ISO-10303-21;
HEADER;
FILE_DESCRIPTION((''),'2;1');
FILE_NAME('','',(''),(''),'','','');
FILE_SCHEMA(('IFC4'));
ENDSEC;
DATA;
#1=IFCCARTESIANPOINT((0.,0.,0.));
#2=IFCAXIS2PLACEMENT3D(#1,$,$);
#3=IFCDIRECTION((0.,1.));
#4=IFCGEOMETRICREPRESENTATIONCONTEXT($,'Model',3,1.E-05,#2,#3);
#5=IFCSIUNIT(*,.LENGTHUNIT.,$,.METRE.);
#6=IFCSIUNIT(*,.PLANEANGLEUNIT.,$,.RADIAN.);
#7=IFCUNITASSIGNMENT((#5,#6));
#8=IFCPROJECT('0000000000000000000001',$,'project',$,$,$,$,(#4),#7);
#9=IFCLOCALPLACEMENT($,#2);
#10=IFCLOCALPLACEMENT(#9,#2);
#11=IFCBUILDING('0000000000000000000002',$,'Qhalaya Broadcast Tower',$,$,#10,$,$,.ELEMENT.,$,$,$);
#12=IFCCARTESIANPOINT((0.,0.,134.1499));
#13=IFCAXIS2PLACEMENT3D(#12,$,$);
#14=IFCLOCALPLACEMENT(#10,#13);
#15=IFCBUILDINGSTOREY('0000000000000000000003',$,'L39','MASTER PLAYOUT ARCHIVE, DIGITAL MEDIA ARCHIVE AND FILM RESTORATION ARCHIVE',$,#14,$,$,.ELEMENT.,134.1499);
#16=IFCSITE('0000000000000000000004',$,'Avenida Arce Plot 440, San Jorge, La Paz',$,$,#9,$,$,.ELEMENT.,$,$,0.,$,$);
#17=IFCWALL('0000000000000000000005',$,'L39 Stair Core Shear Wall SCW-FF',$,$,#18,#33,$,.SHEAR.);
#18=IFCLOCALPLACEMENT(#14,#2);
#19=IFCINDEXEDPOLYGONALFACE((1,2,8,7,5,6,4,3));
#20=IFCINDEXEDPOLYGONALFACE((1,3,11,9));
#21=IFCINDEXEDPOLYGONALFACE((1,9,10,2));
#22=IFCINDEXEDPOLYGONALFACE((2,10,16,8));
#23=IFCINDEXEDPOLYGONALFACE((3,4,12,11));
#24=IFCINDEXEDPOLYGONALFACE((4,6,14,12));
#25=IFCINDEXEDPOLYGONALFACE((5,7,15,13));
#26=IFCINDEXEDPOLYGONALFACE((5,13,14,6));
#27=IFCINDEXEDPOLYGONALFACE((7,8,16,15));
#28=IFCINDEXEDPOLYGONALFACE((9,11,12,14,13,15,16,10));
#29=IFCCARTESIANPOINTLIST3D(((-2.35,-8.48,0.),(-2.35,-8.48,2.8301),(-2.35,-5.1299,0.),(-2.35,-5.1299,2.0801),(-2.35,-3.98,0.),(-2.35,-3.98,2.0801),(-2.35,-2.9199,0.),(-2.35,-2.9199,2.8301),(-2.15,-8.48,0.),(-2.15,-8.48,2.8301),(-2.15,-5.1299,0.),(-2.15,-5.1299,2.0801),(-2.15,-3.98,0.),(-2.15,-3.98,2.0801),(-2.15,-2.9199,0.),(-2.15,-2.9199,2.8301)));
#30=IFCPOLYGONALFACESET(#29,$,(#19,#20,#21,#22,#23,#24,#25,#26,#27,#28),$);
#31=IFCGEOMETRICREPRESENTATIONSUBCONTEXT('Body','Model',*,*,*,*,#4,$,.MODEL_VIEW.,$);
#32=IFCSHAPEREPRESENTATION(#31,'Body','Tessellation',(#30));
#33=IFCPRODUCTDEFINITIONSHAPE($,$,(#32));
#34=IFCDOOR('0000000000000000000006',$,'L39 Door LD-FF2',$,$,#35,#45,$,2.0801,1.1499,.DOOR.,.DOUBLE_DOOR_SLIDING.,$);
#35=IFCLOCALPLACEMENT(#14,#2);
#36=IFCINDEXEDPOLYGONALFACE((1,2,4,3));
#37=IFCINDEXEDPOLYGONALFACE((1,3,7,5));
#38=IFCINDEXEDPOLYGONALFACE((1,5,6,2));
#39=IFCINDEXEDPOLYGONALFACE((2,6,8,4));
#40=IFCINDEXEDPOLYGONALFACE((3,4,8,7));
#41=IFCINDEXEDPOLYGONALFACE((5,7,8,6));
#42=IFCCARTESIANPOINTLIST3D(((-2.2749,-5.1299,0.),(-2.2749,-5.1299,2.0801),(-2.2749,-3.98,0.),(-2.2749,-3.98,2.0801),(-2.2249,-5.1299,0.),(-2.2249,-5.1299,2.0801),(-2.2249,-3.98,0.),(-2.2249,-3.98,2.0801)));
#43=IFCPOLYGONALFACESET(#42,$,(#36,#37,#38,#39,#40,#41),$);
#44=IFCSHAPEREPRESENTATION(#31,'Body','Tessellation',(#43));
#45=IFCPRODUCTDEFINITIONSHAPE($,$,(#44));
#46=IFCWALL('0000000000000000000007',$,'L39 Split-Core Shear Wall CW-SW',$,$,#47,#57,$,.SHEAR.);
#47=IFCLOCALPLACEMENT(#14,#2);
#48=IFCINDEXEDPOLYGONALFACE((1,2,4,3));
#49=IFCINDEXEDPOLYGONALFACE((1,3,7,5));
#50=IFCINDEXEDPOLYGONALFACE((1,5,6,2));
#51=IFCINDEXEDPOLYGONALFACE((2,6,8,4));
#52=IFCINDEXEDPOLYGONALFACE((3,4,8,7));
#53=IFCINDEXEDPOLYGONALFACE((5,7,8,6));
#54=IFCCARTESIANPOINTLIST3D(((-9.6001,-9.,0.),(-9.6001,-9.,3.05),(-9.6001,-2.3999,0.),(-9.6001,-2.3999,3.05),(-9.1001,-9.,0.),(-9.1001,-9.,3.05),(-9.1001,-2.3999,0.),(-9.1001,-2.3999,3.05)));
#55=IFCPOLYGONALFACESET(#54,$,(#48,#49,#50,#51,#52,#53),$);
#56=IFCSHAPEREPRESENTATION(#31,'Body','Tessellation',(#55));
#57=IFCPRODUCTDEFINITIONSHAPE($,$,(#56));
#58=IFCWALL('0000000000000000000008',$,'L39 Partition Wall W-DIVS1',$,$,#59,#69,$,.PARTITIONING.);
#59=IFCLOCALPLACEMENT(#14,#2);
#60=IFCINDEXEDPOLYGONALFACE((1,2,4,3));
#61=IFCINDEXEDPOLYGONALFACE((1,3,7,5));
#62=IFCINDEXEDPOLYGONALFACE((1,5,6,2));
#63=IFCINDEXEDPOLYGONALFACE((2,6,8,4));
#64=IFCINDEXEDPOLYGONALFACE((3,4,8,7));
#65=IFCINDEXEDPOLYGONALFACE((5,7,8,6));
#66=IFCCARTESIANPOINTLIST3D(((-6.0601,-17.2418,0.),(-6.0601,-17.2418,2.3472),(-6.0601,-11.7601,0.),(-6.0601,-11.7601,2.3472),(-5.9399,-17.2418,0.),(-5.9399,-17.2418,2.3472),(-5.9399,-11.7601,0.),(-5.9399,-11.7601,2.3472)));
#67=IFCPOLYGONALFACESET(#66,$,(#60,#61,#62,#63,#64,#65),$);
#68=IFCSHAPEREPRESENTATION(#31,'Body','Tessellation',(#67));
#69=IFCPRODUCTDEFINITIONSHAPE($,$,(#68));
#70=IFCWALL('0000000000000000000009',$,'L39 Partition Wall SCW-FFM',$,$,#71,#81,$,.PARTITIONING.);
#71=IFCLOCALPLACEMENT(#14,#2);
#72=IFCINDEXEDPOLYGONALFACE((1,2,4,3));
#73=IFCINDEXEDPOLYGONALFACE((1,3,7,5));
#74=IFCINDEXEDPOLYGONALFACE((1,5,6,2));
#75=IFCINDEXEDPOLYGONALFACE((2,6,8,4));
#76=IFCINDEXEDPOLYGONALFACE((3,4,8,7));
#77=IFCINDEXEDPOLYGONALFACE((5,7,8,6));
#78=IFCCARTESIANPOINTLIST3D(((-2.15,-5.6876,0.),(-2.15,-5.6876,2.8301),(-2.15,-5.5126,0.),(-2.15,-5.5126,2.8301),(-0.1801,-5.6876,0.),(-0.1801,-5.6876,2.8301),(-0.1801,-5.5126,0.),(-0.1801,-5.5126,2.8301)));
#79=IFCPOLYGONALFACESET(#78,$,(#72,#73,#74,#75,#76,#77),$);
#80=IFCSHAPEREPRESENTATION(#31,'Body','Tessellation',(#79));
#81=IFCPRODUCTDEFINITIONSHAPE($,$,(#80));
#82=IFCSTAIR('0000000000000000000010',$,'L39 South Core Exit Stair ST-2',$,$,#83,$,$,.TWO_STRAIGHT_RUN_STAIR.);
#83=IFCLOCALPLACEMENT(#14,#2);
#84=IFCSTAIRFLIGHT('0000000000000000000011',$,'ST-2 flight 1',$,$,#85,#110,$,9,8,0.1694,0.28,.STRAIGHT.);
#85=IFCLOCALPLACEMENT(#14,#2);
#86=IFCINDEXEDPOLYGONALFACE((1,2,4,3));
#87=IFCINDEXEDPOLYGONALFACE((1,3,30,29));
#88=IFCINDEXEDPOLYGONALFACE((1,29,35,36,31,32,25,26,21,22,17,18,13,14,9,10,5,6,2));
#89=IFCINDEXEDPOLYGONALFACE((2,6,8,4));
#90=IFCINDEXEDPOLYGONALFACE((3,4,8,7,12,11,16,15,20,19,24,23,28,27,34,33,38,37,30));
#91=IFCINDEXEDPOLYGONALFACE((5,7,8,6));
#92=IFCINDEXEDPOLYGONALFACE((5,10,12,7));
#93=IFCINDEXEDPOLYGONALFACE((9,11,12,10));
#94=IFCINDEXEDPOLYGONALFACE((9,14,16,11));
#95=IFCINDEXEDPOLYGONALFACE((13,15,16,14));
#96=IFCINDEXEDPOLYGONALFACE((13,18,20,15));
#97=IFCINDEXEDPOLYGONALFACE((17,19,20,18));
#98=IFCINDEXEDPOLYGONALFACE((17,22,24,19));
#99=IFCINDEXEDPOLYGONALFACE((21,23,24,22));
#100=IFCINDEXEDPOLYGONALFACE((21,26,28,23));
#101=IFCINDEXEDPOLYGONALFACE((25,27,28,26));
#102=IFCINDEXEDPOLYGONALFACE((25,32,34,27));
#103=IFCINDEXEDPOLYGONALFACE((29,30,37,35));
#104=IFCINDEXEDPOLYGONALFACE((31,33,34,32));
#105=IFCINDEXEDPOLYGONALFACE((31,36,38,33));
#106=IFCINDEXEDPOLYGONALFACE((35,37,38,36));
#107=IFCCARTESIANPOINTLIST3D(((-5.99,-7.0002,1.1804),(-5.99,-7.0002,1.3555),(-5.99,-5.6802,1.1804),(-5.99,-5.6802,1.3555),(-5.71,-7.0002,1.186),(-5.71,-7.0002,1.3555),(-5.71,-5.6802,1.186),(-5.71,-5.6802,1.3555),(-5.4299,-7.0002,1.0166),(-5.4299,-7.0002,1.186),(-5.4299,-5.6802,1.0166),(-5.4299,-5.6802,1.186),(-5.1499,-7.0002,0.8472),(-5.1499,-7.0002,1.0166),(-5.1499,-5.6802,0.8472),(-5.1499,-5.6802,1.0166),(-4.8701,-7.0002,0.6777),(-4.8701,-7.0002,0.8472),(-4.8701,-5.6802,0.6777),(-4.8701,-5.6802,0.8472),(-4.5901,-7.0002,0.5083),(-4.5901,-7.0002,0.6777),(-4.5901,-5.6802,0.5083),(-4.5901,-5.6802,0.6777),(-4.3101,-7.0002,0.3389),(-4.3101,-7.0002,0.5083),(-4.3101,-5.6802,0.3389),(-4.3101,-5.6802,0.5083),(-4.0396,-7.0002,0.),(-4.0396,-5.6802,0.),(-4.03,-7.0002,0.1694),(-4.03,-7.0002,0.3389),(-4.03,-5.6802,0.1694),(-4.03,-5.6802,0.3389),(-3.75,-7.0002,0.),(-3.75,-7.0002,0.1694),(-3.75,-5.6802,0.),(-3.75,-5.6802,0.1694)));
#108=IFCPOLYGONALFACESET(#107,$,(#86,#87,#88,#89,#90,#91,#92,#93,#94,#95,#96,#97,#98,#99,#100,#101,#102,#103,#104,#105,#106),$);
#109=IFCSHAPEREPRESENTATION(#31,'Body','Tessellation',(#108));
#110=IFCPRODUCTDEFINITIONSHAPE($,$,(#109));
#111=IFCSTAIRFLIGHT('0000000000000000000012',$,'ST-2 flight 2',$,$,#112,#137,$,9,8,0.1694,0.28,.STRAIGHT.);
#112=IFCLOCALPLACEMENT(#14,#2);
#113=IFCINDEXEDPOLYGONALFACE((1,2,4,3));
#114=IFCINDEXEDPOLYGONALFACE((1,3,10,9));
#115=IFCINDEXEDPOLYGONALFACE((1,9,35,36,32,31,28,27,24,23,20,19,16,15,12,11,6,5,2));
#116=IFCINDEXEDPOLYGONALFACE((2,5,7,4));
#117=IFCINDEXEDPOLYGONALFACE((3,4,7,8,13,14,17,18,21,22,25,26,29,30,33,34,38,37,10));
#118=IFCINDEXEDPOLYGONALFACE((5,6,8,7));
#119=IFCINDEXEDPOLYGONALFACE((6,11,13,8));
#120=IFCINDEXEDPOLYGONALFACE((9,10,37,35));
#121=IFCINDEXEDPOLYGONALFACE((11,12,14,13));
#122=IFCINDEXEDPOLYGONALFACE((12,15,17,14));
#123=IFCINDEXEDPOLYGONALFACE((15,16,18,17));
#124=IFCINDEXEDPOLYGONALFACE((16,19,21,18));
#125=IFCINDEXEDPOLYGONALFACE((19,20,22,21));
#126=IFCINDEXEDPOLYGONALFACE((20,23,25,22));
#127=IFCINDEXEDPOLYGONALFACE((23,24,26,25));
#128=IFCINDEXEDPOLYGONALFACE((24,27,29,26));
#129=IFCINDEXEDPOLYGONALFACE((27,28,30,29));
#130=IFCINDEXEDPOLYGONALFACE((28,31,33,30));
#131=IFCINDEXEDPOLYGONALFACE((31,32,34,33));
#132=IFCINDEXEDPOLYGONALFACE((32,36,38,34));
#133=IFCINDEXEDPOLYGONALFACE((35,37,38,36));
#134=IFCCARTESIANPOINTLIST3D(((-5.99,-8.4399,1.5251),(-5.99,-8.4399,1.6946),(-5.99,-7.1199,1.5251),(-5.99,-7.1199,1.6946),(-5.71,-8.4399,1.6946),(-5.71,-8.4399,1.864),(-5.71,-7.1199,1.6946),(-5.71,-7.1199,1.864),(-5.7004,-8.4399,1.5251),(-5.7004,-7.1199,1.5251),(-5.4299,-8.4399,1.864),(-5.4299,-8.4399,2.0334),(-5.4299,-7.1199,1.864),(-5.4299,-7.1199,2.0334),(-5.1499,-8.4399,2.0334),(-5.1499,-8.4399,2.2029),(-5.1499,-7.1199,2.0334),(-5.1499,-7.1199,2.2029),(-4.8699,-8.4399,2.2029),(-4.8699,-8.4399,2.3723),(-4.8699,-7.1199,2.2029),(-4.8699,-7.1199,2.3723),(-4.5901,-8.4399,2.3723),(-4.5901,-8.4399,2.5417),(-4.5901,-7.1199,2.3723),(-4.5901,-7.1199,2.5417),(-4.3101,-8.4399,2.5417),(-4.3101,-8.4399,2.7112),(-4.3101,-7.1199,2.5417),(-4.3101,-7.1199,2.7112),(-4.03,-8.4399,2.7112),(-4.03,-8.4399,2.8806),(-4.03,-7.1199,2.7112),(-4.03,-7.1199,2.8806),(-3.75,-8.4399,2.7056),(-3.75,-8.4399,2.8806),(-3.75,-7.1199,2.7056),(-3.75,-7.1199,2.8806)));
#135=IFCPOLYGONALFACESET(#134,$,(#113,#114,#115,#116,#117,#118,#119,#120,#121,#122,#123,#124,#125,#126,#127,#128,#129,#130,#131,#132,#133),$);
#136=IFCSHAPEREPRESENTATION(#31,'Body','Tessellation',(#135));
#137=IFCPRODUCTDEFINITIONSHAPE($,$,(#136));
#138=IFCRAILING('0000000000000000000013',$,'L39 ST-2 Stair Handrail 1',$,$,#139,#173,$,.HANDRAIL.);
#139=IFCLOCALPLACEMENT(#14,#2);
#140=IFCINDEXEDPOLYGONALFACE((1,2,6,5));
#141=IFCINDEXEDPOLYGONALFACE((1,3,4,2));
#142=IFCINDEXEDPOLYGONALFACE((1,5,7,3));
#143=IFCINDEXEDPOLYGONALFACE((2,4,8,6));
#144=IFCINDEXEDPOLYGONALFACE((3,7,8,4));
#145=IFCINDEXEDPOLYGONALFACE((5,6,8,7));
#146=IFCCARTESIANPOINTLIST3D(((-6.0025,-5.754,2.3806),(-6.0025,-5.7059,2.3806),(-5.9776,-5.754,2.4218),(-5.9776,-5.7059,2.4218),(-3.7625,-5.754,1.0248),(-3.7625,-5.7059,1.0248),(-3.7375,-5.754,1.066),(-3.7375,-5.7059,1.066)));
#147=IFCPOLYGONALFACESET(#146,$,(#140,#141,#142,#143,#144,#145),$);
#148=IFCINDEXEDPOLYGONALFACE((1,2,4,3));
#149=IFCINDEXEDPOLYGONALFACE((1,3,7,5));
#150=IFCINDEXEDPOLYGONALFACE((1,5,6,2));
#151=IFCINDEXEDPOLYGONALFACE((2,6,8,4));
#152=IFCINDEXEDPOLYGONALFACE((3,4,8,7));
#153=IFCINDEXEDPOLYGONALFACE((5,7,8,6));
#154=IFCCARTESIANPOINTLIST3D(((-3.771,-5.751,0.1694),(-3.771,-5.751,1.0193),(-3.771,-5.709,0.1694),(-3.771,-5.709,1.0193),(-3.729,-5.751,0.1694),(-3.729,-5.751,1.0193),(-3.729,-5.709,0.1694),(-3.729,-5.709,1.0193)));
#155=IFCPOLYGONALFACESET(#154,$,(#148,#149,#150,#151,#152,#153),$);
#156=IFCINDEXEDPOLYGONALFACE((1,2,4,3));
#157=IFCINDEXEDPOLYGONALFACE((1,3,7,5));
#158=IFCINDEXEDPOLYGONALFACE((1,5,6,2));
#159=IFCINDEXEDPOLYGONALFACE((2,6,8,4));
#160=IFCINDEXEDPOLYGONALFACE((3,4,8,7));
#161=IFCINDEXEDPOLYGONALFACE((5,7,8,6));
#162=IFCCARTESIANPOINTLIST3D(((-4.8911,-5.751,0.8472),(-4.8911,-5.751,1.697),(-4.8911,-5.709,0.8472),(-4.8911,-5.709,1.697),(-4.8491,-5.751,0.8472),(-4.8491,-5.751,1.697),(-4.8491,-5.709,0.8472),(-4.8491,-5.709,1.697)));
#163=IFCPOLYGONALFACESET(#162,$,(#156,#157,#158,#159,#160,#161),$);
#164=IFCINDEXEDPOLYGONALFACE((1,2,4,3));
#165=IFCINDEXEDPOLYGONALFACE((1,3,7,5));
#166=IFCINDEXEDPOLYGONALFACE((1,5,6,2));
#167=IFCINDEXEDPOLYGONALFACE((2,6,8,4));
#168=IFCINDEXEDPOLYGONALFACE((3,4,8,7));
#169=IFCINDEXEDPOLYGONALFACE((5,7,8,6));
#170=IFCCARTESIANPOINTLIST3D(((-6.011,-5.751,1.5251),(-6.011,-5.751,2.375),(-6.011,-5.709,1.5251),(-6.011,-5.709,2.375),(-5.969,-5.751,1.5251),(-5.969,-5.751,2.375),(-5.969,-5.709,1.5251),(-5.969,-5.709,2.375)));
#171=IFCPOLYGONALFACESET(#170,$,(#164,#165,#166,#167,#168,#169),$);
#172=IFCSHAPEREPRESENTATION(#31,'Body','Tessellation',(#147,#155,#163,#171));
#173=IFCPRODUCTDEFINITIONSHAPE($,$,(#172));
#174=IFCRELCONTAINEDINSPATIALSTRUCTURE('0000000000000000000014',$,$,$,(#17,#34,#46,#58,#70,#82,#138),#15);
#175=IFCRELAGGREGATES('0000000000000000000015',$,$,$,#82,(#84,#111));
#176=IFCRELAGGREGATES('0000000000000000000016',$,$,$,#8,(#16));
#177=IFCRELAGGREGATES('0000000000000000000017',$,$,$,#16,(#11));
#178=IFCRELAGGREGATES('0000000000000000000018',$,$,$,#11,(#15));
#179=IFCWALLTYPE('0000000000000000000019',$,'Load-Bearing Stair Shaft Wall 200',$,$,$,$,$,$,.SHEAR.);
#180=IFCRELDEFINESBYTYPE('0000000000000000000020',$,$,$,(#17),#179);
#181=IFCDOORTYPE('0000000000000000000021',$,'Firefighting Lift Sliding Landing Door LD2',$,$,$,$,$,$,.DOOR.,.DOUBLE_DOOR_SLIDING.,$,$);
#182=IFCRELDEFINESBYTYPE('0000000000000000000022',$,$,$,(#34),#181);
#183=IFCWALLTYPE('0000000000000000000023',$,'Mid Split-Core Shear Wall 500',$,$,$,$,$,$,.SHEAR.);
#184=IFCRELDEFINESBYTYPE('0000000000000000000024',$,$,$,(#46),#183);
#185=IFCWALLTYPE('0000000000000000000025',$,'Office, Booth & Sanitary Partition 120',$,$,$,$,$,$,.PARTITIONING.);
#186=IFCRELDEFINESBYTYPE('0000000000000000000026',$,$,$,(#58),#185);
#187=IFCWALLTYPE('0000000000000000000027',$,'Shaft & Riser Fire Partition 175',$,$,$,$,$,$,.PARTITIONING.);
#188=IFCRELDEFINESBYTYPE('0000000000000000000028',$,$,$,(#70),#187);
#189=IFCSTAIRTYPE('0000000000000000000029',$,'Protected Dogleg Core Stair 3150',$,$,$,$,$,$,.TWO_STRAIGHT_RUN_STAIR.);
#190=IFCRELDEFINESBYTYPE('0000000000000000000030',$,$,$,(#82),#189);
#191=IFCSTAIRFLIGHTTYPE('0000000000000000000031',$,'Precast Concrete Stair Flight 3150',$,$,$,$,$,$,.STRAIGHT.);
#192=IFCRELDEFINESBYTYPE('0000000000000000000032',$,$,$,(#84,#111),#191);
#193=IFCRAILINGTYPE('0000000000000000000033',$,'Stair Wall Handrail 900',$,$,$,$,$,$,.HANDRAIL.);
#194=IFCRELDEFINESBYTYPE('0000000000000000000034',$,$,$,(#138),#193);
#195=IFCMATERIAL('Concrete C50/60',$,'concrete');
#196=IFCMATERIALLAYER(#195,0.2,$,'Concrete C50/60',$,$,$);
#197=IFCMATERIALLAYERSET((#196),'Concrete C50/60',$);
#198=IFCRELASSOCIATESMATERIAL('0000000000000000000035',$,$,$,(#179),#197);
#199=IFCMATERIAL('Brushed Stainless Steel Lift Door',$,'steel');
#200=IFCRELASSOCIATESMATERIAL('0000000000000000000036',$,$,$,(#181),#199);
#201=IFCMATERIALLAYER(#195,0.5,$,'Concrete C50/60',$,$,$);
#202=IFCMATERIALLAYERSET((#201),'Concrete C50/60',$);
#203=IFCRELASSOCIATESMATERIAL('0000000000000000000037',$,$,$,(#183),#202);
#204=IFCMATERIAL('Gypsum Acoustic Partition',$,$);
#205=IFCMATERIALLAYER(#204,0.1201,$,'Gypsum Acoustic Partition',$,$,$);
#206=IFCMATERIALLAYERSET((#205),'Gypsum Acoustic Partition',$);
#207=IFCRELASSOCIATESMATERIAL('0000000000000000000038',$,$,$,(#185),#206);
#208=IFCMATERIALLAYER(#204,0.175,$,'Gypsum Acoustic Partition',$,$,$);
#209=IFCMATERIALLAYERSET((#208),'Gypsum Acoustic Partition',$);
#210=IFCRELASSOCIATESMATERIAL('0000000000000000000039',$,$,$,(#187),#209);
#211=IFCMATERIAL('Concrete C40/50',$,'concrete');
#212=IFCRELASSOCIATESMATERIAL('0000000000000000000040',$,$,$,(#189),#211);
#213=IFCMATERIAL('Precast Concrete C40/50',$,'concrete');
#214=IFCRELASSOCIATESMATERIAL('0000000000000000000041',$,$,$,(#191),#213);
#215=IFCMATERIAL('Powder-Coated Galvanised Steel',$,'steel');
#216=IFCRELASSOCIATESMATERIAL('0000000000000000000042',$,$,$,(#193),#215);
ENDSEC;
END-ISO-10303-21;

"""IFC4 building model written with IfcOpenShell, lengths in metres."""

from ifc_helpers import new_model, si_unit, direction, frame, frame_2d, origin, origin_2d, place, context, subcontext, project, spatial, polyline, rectangle, outline, extrude, material, layer, layer_set, type_object, element, fill, aggregate, save


model = new_model("IFC4")

# Units and contexts
model_context = context("Model", 3, precision=1e-05, world=origin(), true_north=direction((0.0, 1.0)))
body_context = subcontext(model_context, "Body", "Model", "MODEL_VIEW")
ifc_project = project(units=[si_unit("LENGTHUNIT", "METRE"), si_unit("PLANEANGLEUNIT", "RADIAN")], contexts=[model_context])

# Site, building, storey
site_placement = place(None, origin())
site = spatial("IfcSite", under=ifc_project, at=site_placement, Name="Avenida Arce Plot 440, San Jorge, La Paz", CompositionType="ELEMENT", RefElevation=0.0)
building_placement = place(site_placement, origin())
building = spatial("IfcBuilding", under=site, at=building_placement, Name="Qhalaya Broadcast Tower", CompositionType="ELEMENT")
storey_placement = place(building_placement, frame((0.0, 0.0, 134.1499)))
storey = spatial("IfcBuildingStorey", under=building, at=storey_placement, Name="L39", Description="MASTER PLAYOUT ARCHIVE, DIGITAL MEDIA ARCHIVE AND FILM RESTORATION ARCHIVE", CompositionType="ELEMENT", Elevation=134.1499)

# Shared definitions
ifc_material_1 = material(Name="Concrete C50/60", Category="concrete")

# Shared definitions
ifc_material_2 = material(Name="Gypsum Acoustic Partition")

# Shared definitions
ifc_material_3 = material(Name="Precast Concrete C40/50", Category="concrete")

# Wall, opening, door
ifc_layer_1 = layer(ifc_material_1, 0.2, Name="Concrete C50/60")
ifc_layer_set_1 = layer_set([ifc_layer_1], Name="Concrete C50/60")
wall_type_1 = type_object("IfcWallType", Name="Load-Bearing Stair Shaft Wall 200", PredefinedType="SHEAR", material=ifc_layer_set_1)
wall_1_placement = place(storey_placement, frame((-2.25, -8.48, 0.0), z_axis=(0.0, 0.0, 1.0), x_axis=(0.0, 1.0, 0.0)))
wall_1 = element("IfcWall", 1, at=wall_1_placement, inside=storey, type_object=wall_type_1, Name="L39 Stair Core Shear Wall SCW-FF", PredefinedType="SHEAR", context=body_context, shape_type="SweptSolid", body=[
    extrude(rectangle(XDim=5.5601, YDim=0.2, at=frame_2d((2.78, 0.0))), origin(), (0.0, 0.0, 1.0), 2.8301),
])
opening_1_placement = place(wall_1_placement, frame((3.3501, 0.0, 0.0)))
opening_1 = element("IfcOpeningElement", 2, at=opening_1_placement, cuts=wall_1, PredefinedType="OPENING", context=body_context, shape_type="SweptSolid", body=[
    extrude(rectangle(XDim=1.1499, YDim=2.0801, at=frame_2d((0.575, 1.04))), frame((0.0, 0.1121, 0.0), z_axis=(0.0, -1.0, 0.0), x_axis=(1.0, 0.0, 0.0)), (0.0, 0.0, 1.0), 0.2239),
])
ifc_material_4 = material(Name="Brushed Stainless Steel Lift Door", Category="steel")
door_type_1 = type_object("IfcDoorType", Name="Firefighting Lift Sliding Landing Door LD2", OperationType="DOUBLE_DOOR_SLIDING", PredefinedType="DOOR", material=ifc_material_4)
door_1_placement = place(opening_1_placement, origin())
door_1 = element("IfcDoor", 3, at=door_1_placement, inside=storey, type_object=door_type_1, Name="L39 Door LD-FF2", OperationType="DOUBLE_DOOR_SLIDING", OverallHeight=2.0801, OverallWidth=1.1499, PredefinedType="DOOR", context=body_context, shape_type="SweptSolid", body=[
    extrude(rectangle(XDim=1.1499, YDim=2.0801, at=frame_2d((0.575, 1.04))), frame((0.0, 0.0249, 0.0), z_axis=(0.0, -1.0, 0.0), x_axis=(1.0, 0.0, 0.0)), (0.0, 0.0, 1.0), 0.05),
])
fill(opening_1, door_1)

# Walls
ifc_layer_2 = layer(ifc_material_1, 0.5, Name="Concrete C50/60")
ifc_layer_set_2 = layer_set([ifc_layer_2], Name="Concrete C50/60")
wall_type_2 = type_object("IfcWallType", Name="Mid Split-Core Shear Wall 500", PredefinedType="SHEAR", material=ifc_layer_set_2)
wall_2_placement = place(storey_placement, frame((-9.3501, -9.0, 0.0), z_axis=(0.0, 0.0, 1.0), x_axis=(0.0, 1.0, 0.0)))
element("IfcWall", 4, at=wall_2_placement, inside=storey, type_object=wall_type_2, Name="L39 Split-Core Shear Wall CW-SW", PredefinedType="SHEAR", context=body_context, shape_type="SweptSolid", body=[
    extrude(rectangle(XDim=6.6001, YDim=0.5, at=frame_2d((3.3, 0.0))), origin(), (0.0, 0.0, 1.0), 3.05),
])
ifc_layer_3 = layer(ifc_material_2, 0.1201, Name="Gypsum Acoustic Partition")
ifc_layer_set_3 = layer_set([ifc_layer_3], Name="Gypsum Acoustic Partition")
wall_type_3 = type_object("IfcWallType", Name="Office, Booth & Sanitary Partition 120", PredefinedType="PARTITIONING", material=ifc_layer_set_3)
wall_3_placement = place(storey_placement, frame((-6.0, -17.2417, 0.0), z_axis=(0.0, 0.0, 1.0), x_axis=(0.0, 1.0, 0.0)))
element("IfcWall", 5, at=wall_3_placement, inside=storey, type_object=wall_type_3, Name="L39 Partition Wall W-DIVS1", PredefinedType="PARTITIONING", context=body_context, shape_type="SweptSolid", body=[
    extrude(rectangle(XDim=5.4817, YDim=0.1201, at=frame_2d((2.7407, 0.0))), origin(), (0.0, 0.0, 1.0), 2.3472),
])
ifc_layer_4 = layer(ifc_material_2, 0.175, Name="Gypsum Acoustic Partition")
ifc_layer_set_4 = layer_set([ifc_layer_4], Name="Gypsum Acoustic Partition")
wall_type_4 = type_object("IfcWallType", Name="Shaft & Riser Fire Partition 175", PredefinedType="PARTITIONING", material=ifc_layer_set_4)
wall_4_placement = place(storey_placement, frame((-2.1499, -5.6001, 0.0), z_axis=(0.0, 0.0, 1.0), x_axis=(1.0, 0.0, 0.0)))
element("IfcWall", 6, at=wall_4_placement, inside=storey, type_object=wall_type_4, Name="L39 Partition Wall SCW-FFM", PredefinedType="PARTITIONING", context=body_context, shape_type="SweptSolid", body=[
    extrude(rectangle(XDim=1.97, YDim=0.175, at=frame_2d((0.9849, 0.0))), origin(), (0.0, 0.0, 1.0), 2.8301),
])

# Stair, stair flights
ifc_material_5 = material(Name="Concrete C40/50", Category="concrete")
stair_type = type_object("IfcStairType", Name="Protected Dogleg Core Stair 3150", PredefinedType="TWO_STRAIGHT_RUN_STAIR", material=ifc_material_5)
stair_placement = place(storey_placement, origin())
stair = element("IfcStair", 7, at=stair_placement, inside=storey, type_object=stair_type, Name="L39 South Core Exit Stair ST-2", PredefinedType="TWO_STRAIGHT_RUN_STAIR")
stair_flight_type = type_object("IfcStairFlightType", Name="Precast Concrete Stair Flight 3150", PredefinedType="STRAIGHT", material=ifc_material_3)
stair_flight_1_placement = place(storey_placement, frame((-3.75, -6.3401, 0.0), z_axis=(0.0, 0.0, 1.0), x_axis=(-1.0, 0.0, 0.0)))
stair_flight_1 = element("IfcStairFlight", 8, at=stair_flight_1_placement, type_object=stair_flight_type, Name="ST-2 flight 1", NumberOfRisers=9, NumberOfTreads=8, PredefinedType="STRAIGHT", RiserHeight=0.1694, TreadLength=0.28, context=body_context, shape_type="SweptSolid", body=[
    extrude(outline(polyline([(0.0, 0.0), (0.0, 0.1694), (0.28, 0.1694), (0.28, 0.3389), (0.5601, 0.3389), (0.5601, 0.5083), (0.8401, 0.5083), (0.8401, 0.6777), (1.1201, 0.6777), (1.1201, 0.8472), (1.3999, 0.8472), (1.3999, 1.0166), (1.6799, 1.0166), (1.6799, 1.186), (1.96, 1.186), (1.96, 1.3555), (2.24, 1.3555), (2.24, 1.5249), (2.24, 1.1804), (0.2896, 0.0), (0.0, 0.0)])), frame((0.0, 0.6602, 0.0), z_axis=(0.0, -1.0, 0.0), x_axis=(1.0, 0.0, 0.0)), (0.0, 0.0, 1.0), 1.3201),
])
stair_flight_2_placement = place(storey_placement, frame((-5.99, -7.78, 1.5251), z_axis=(0.0, 0.0, 1.0), x_axis=(1.0, 0.0, 0.0)))
stair_flight_2 = element("IfcStairFlight", 9, at=stair_flight_2_placement, type_object=stair_flight_type, Name="ST-2 flight 2", NumberOfRisers=9, NumberOfTreads=8, PredefinedType="STRAIGHT", RiserHeight=0.1694, TreadLength=0.28, context=body_context, shape_type="SweptSolid", body=[
    extrude(outline(polyline([(0.0, 0.0), (0.0, 0.1694), (0.28, 0.1694), (0.28, 0.3389), (0.5601, 0.3389), (0.5601, 0.5083), (0.8401, 0.5083), (0.8401, 0.6777), (1.1201, 0.6777), (1.1201, 0.8472), (1.3999, 0.8472), (1.3999, 1.0166), (1.6799, 1.0166), (1.6799, 1.186), (1.96, 1.186), (1.96, 1.3555), (2.24, 1.3555), (2.24, 1.5249), (2.24, 1.1804), (0.2896, 0.0), (0.0, 0.0)])), frame((0.0, 0.6602, 0.0), z_axis=(0.0, -1.0, 0.0), x_axis=(1.0, 0.0, 0.0)), (0.0, 0.0, 1.0), 1.3201),
])
aggregate(stair, [stair_flight_1, stair_flight_2])

# Railing
ifc_material_6 = material(Name="Powder-Coated Galvanised Steel", Category="steel")
railing_type_1 = type_object("IfcRailingType", Name="Stair Wall Handrail 900", PredefinedType="HANDRAIL", material=ifc_material_6)
railing_1_placement = place(storey_placement, frame((-3.75, -5.73, 0.1694)))
element("IfcRailing", 10, at=railing_1_placement, inside=storey, type_object=railing_type_1, Name="L39 ST-2 Stair Handrail 1", PredefinedType="HANDRAIL", context=body_context, shape_type="SweptSolid", body=[
    extrude(rectangle(XDim=0.0481, YDim=0.0481, at=origin_2d()), frame((0.0, 0.0, 0.876), z_axis=(-0.855512, 0.0, 0.517783), x_axis=(0.0, -1.0, 0.0)), (0.0, 0.0, 1.0), 2.6184),
    extrude(rectangle(XDim=0.042, YDim=0.042, at=origin_2d()), origin(), (0.0, 0.0, 1.0), 0.8499),
    extrude(rectangle(XDim=0.042, YDim=0.042, at=origin_2d()), frame((-1.1201, 0.0, 0.6777)), (0.0, 0.0, 1.0), 0.8499),
    extrude(rectangle(XDim=0.042, YDim=0.042, at=origin_2d()), frame((-2.24, 0.0, 1.3557)), (0.0, 0.0, 1.0), 0.8499),
])

save(model, "model.ifc")
